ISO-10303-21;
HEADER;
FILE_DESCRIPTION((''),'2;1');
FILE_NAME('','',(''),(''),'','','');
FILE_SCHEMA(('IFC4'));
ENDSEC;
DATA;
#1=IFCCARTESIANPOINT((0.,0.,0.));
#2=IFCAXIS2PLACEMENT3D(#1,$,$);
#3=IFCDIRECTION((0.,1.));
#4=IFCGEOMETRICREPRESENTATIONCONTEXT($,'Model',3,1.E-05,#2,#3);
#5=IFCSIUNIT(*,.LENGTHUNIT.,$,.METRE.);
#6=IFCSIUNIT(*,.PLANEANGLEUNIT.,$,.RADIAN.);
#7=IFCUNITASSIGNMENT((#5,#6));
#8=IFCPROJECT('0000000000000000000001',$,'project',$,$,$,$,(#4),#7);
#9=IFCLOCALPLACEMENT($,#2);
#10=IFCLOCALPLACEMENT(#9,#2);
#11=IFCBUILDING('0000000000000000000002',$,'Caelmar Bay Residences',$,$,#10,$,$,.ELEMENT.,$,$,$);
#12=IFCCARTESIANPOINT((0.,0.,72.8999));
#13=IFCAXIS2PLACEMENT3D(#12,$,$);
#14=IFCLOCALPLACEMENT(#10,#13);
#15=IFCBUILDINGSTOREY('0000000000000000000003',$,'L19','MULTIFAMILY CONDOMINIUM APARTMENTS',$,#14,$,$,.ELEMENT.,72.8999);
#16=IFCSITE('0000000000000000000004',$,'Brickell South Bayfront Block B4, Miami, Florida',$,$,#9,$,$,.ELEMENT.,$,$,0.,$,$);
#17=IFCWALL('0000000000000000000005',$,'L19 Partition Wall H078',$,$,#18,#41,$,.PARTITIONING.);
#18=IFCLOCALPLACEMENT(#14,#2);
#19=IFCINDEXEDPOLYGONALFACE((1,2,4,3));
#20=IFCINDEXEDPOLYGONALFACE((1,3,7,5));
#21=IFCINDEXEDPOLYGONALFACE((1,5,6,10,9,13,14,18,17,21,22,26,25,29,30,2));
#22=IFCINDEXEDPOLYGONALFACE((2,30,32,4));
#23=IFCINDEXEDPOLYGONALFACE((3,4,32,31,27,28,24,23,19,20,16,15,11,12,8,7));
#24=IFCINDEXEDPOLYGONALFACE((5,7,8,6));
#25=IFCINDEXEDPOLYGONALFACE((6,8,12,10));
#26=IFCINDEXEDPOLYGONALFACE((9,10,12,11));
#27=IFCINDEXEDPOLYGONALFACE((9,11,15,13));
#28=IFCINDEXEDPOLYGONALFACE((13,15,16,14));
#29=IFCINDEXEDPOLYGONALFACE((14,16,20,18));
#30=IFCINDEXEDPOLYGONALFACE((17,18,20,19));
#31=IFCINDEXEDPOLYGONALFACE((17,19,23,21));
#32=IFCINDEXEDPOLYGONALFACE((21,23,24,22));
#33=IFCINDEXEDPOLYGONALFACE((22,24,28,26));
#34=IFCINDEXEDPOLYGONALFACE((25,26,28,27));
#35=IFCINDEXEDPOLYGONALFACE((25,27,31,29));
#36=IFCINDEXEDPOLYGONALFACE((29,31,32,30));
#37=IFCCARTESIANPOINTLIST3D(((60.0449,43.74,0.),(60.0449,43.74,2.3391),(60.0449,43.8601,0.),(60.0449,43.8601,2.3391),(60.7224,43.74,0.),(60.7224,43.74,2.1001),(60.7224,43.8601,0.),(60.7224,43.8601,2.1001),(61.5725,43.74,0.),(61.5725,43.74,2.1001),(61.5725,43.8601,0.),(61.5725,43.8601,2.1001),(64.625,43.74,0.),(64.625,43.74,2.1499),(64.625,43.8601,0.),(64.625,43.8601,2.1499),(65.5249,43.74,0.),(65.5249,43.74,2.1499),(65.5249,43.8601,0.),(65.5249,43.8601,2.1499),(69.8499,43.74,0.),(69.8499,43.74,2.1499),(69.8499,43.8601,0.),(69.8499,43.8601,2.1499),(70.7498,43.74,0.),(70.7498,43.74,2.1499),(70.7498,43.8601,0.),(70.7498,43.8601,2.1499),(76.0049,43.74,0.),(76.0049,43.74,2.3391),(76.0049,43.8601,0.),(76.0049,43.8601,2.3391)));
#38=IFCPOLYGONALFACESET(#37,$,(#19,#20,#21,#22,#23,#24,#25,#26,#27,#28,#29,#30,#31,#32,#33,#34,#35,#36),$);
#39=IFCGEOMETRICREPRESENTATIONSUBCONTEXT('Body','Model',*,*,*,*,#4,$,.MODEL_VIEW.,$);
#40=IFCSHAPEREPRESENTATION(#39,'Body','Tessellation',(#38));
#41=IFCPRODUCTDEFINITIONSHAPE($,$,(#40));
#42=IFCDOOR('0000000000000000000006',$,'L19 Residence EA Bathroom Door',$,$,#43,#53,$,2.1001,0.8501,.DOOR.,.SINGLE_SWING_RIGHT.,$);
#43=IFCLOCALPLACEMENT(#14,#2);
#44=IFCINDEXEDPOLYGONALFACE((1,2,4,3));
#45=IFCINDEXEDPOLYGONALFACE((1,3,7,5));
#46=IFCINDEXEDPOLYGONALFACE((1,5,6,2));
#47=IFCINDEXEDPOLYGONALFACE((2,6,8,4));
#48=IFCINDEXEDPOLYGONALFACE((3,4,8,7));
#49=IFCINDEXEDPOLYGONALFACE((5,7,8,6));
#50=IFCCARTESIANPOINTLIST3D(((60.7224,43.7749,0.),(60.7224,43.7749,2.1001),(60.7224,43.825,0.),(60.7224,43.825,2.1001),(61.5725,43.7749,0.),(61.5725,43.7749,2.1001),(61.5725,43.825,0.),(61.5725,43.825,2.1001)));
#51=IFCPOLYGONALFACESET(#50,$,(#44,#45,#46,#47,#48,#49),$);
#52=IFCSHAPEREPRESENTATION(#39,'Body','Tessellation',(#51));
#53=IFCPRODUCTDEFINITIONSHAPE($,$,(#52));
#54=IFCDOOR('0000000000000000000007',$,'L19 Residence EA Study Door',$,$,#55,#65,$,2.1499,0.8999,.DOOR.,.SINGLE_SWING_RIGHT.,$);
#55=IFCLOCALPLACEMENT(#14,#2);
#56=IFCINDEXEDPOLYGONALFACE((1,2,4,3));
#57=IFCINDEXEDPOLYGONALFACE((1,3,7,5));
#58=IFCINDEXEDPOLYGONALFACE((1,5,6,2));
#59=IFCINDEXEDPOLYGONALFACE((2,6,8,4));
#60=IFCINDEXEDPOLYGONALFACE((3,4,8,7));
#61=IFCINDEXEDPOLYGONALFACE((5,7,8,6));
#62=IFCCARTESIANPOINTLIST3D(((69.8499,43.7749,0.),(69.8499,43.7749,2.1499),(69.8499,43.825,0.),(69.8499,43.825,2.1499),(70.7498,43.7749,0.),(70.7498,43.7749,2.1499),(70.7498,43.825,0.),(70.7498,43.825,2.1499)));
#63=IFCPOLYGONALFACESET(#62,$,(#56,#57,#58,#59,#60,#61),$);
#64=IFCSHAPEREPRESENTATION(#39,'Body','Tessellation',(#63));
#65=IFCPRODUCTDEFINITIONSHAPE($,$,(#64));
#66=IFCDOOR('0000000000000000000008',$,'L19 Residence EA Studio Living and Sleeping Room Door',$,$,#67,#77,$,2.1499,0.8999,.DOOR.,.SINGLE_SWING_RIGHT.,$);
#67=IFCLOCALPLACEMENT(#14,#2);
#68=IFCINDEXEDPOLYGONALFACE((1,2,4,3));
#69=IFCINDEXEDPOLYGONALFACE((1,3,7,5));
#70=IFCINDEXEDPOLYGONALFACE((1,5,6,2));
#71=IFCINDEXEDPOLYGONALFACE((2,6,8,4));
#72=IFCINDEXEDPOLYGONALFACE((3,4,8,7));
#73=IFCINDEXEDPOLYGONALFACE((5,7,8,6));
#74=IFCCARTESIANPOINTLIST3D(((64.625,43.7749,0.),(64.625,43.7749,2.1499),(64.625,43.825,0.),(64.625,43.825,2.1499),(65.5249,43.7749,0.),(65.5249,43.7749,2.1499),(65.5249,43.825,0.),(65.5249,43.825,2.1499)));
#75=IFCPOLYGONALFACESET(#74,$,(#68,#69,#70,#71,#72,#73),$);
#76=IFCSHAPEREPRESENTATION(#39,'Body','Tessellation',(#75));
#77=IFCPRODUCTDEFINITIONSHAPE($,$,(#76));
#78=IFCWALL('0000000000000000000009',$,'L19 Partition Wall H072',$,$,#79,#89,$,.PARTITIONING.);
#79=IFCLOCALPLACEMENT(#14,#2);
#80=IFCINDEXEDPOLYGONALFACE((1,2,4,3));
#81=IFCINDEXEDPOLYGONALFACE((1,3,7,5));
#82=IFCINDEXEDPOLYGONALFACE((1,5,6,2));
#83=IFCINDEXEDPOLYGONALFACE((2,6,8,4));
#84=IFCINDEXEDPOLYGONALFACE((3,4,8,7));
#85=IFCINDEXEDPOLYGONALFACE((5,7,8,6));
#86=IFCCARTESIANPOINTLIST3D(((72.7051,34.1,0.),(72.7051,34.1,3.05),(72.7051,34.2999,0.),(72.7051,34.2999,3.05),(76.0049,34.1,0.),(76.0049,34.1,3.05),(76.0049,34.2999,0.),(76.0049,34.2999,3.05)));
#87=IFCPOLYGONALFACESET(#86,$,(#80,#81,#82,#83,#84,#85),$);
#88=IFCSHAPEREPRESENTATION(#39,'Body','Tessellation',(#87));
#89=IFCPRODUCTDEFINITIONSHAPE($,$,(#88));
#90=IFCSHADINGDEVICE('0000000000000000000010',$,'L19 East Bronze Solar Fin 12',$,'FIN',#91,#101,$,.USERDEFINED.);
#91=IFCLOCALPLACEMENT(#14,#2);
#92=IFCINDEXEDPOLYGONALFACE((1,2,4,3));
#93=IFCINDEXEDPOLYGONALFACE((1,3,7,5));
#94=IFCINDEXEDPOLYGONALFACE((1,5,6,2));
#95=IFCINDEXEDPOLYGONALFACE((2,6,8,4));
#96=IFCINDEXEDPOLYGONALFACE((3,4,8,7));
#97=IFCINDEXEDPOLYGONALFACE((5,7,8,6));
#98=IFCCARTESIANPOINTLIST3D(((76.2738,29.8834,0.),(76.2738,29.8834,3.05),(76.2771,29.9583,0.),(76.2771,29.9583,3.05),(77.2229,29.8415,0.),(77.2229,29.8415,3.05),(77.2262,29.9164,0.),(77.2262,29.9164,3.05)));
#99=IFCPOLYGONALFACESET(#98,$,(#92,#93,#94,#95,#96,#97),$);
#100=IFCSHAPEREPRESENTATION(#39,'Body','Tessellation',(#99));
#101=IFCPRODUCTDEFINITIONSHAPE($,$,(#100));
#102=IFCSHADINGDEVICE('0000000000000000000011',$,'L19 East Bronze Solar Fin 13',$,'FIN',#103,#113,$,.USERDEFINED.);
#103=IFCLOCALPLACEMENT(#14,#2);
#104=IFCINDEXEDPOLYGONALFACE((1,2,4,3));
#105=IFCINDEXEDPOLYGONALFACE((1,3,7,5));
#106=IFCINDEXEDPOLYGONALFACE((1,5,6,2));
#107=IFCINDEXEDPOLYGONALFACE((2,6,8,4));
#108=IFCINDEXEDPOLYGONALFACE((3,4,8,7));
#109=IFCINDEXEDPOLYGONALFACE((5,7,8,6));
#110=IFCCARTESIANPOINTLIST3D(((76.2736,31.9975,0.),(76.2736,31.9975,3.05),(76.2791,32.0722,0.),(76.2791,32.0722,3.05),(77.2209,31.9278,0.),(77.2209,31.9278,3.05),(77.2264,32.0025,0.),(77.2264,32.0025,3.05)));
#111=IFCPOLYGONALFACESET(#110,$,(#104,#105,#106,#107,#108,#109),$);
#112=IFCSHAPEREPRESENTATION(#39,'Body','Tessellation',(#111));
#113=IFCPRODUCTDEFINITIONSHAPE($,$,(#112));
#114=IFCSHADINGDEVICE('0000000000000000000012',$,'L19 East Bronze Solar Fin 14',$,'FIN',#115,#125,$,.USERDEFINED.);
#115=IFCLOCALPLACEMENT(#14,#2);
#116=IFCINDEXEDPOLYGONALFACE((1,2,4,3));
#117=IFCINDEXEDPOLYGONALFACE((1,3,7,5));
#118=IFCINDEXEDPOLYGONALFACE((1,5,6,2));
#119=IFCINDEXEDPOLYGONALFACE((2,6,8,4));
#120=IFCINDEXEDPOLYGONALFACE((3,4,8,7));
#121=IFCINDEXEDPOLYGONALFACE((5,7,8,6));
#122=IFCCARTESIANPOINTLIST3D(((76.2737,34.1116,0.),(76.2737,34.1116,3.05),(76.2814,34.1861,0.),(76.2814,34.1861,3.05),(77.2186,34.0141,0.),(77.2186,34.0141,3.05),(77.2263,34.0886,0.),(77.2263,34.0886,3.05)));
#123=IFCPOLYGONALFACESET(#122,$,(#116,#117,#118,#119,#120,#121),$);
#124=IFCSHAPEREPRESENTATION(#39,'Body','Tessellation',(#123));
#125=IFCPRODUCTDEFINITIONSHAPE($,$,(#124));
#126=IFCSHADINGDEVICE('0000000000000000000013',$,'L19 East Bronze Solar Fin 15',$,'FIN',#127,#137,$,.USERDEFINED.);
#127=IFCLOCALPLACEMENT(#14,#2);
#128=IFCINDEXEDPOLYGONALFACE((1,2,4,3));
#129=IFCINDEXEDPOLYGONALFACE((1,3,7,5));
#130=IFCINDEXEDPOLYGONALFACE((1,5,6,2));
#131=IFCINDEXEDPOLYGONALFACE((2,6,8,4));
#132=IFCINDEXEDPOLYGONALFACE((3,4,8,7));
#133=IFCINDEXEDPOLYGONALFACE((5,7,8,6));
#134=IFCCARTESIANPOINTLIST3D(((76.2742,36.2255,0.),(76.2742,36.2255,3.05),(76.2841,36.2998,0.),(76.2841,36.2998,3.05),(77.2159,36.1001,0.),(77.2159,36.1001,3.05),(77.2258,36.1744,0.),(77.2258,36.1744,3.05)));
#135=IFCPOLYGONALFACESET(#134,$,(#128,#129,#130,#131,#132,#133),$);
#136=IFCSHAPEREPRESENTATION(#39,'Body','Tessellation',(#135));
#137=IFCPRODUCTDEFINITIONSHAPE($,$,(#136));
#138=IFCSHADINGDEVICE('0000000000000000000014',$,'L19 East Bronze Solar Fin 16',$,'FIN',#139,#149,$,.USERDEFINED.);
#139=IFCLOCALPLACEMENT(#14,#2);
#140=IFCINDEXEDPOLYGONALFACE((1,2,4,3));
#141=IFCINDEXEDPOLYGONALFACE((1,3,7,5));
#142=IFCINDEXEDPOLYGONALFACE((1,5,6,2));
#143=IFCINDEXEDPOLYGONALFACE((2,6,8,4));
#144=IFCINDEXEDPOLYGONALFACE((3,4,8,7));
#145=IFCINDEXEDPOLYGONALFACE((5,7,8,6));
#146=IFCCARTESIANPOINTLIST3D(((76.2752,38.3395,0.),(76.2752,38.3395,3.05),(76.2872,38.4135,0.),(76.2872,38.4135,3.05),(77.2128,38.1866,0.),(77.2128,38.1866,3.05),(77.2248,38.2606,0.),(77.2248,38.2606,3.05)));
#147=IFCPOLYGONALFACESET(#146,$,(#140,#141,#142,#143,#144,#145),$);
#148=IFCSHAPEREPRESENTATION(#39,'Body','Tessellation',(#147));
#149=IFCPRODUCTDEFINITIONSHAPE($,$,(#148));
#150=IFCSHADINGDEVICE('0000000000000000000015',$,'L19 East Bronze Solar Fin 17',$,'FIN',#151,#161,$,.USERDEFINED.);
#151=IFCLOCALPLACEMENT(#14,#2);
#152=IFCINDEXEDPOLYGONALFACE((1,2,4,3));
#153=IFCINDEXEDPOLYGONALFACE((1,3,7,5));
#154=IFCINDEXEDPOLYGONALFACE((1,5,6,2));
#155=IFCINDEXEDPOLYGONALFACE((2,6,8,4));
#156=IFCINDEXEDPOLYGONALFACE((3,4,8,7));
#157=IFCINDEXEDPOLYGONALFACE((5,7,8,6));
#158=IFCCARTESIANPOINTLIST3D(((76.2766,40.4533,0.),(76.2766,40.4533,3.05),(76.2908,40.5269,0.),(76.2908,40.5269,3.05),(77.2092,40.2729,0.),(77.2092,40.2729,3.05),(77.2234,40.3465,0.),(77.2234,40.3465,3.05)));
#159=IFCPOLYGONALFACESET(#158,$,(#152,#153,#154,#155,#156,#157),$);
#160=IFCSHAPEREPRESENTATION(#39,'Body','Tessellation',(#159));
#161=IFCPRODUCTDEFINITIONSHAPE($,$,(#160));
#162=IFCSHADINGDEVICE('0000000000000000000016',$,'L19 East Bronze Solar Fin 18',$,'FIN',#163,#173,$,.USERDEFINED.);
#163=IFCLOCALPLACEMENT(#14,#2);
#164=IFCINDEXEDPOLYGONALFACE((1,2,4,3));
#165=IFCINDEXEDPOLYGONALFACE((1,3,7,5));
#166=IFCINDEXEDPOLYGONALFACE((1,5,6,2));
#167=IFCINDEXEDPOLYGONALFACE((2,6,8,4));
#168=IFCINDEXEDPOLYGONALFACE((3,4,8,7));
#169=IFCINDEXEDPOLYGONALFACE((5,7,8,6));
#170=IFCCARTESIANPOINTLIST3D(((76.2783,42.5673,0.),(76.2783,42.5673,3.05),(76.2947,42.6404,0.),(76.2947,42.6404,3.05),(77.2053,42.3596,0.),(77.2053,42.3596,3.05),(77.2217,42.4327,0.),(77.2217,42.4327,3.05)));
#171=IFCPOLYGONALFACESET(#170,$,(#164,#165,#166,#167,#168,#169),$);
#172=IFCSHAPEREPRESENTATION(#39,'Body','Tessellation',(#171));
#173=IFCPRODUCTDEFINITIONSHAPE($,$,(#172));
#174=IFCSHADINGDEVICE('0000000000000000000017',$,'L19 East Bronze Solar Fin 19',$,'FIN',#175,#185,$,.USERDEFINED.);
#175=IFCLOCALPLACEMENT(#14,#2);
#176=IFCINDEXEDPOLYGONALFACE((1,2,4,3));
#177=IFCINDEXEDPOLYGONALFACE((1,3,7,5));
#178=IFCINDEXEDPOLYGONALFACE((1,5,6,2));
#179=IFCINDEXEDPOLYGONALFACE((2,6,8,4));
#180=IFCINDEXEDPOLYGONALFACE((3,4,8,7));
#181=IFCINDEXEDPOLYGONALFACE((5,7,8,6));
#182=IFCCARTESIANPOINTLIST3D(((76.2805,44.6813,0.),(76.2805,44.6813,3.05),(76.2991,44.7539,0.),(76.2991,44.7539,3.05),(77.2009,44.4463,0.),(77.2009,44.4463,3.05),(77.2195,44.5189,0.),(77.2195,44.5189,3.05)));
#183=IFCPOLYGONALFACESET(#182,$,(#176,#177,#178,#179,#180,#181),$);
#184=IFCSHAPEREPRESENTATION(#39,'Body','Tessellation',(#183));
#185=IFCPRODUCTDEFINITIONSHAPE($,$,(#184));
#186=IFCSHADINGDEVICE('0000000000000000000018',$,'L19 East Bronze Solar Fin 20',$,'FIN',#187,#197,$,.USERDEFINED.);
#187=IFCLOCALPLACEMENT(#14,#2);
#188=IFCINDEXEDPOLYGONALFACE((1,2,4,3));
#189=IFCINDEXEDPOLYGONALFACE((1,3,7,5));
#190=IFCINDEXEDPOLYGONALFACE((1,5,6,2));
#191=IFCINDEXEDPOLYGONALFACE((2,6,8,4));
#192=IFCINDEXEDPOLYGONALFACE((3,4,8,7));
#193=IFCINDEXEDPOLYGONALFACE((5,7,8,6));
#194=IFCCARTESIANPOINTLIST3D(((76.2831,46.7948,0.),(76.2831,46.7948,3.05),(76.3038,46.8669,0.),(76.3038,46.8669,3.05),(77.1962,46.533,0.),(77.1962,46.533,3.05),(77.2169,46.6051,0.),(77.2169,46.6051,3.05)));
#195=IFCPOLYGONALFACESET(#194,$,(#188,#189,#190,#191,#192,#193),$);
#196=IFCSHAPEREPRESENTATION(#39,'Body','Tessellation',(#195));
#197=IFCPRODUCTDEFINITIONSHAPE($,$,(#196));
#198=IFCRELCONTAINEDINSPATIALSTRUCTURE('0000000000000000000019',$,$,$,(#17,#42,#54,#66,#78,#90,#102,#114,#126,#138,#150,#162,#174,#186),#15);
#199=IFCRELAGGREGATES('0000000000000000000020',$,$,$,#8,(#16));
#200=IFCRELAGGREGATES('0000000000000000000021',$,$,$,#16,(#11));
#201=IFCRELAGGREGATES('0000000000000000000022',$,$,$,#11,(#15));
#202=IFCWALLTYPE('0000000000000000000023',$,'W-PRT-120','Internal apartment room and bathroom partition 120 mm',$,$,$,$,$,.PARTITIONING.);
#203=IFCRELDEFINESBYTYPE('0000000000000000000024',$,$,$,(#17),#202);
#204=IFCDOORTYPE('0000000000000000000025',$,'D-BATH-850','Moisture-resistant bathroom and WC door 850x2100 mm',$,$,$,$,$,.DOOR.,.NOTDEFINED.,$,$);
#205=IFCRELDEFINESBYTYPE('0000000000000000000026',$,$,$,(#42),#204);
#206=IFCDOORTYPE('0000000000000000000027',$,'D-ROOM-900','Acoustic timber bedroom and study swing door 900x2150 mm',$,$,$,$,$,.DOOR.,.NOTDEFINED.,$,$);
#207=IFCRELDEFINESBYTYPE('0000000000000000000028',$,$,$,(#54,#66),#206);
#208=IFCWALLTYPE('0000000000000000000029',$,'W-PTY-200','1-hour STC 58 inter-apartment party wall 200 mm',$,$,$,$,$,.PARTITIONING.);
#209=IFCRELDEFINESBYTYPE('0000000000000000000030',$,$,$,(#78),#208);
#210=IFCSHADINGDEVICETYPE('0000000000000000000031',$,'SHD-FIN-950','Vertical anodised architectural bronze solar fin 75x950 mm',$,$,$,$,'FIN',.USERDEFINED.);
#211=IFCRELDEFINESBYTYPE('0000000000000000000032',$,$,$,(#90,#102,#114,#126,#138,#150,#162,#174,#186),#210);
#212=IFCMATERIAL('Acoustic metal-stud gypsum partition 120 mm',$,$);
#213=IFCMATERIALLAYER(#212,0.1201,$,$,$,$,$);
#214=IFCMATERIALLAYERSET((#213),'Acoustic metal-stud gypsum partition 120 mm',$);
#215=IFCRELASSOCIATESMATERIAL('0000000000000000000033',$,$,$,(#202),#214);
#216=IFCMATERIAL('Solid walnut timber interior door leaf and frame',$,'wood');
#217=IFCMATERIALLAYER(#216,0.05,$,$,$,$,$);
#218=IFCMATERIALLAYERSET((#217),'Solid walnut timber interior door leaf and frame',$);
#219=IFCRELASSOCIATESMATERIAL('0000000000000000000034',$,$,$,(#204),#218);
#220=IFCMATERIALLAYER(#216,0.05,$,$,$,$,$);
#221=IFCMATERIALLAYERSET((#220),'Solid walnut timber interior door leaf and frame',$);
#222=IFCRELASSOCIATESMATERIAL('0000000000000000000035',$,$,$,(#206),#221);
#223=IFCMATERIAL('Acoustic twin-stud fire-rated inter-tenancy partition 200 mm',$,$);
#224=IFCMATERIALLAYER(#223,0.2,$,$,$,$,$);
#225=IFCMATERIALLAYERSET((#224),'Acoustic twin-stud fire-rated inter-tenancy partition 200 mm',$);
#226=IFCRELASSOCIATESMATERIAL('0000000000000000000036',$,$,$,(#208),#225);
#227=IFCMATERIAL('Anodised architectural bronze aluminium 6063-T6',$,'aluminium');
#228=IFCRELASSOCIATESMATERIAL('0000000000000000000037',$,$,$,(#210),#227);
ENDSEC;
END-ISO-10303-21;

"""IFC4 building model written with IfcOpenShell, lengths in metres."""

from ifc_helpers import new_model, si_unit, direction, frame, frame_2d, origin, origin_2d, place, context, subcontext, project, spatial, rectangle, extrude, material, layer, layer_set, material_profile, profile_set, type_object, element, fill, save


model = new_model("IFC4")

# Units and contexts
model_context = context("Model", 3, precision=1e-05, world=origin(), true_north=direction((0.0, 1.0)))
body_context = subcontext(model_context, "Body", "Model", "MODEL_VIEW")
ifc_project = project(units=[si_unit("LENGTHUNIT", "METRE"), si_unit("PLANEANGLEUNIT", "RADIAN")], contexts=[model_context])

# Site, building, storey
site_placement = place(None, origin())
site = spatial("IfcSite", under=ifc_project, at=site_placement, Name="Brickell South Bayfront Block B4, Miami, Florida", CompositionType="ELEMENT", RefElevation=0.0)
building_placement = place(site_placement, origin())
building = spatial("IfcBuilding", under=site, at=building_placement, Name="Caelmar Bay Residences", CompositionType="ELEMENT")
storey_placement = place(building_placement, frame((0.0, 0.0, 72.8999)))
storey = spatial("IfcBuildingStorey", under=building, at=storey_placement, Name="L19", Description="MULTIFAMILY CONDOMINIUM APARTMENTS", CompositionType="ELEMENT", Elevation=72.8999)

# Shared definitions
ifc_material_1 = material(Name="Acoustic metal-stud gypsum partition 120 mm")
ifc_layer_1 = layer(ifc_material_1, 0.1201)
ifc_layer_set_1 = layer_set([ifc_layer_1], Name="Acoustic metal-stud gypsum partition 120 mm")
wall_type_1 = type_object("IfcWallType", Name="W-PRT-120", Description="Internal apartment room and bathroom partition 120 mm", PredefinedType="PARTITIONING", material=ifc_layer_set_1)
ifc_material_2 = material(Name="Solid walnut timber interior door leaf and frame", Category="wood")
ifc_layer_2 = layer(ifc_material_2, 0.05)
ifc_layer_set_2 = layer_set([ifc_layer_2], Name="Solid walnut timber interior door leaf and frame")
door_type_1 = type_object("IfcDoorType", Name="D-BATH-850", Description="Moisture-resistant bathroom and WC door 850x2100 mm", OperationType="NOTDEFINED", PredefinedType="DOOR", material=ifc_layer_set_2)

# Shared definitions
ifc_layer_3 = layer(ifc_material_2, 0.05)
ifc_layer_set_3 = layer_set([ifc_layer_3], Name="Solid walnut timber interior door leaf and frame")
door_type_2 = type_object("IfcDoorType", Name="D-ROOM-900", Description="Acoustic timber bedroom and study swing door 900x2150 mm", OperationType="NOTDEFINED", PredefinedType="DOOR", material=ifc_layer_set_3)

# Wall, openings, doors
wall_1_placement = place(storey_placement, frame((60.0449, 43.8, 0.0), z_axis=(0.0, 0.0, 1.0), x_axis=(1.0, 0.0, 0.0)))
wall_1 = element("IfcWall", 1, at=wall_1_placement, inside=storey, type_object=wall_type_1, Name="L19 Partition Wall H078", PredefinedType="PARTITIONING", context=body_context, shape_type="SweptSolid", body=[
    extrude(rectangle(XDim=15.96, YDim=0.1201, at=frame_2d((7.98, 0.0))), origin(), (0.0, 0.0, 1.0), 2.3391),
])
opening_1_placement = place(wall_1_placement, frame((9.8049, 0.0, 0.0)))
opening_1 = element("IfcOpeningElement", 2, at=opening_1_placement, cuts=wall_1, PredefinedType="OPENING", context=body_context, shape_type="SweptSolid", body=[
    extrude(rectangle(XDim=0.8999, YDim=2.1499, at=frame_2d((0.45, 1.075))), frame((0.0, 0.0701, 0.0), z_axis=(0.0, -1.0, 0.0), x_axis=(1.0, 0.0, 0.0)), (0.0, 0.0, 1.0), 0.1401),
])
opening_2_placement = place(wall_1_placement, frame((4.5801, 0.0, 0.0)))
opening_2 = element("IfcOpeningElement", 3, at=opening_2_placement, cuts=wall_1, PredefinedType="OPENING", context=body_context, shape_type="SweptSolid", body=[
    extrude(rectangle(XDim=0.8999, YDim=2.1499, at=frame_2d((0.45, 1.075))), frame((0.0, 0.0701, 0.0), z_axis=(0.0, -1.0, 0.0), x_axis=(1.0, 0.0, 0.0)), (0.0, 0.0, 1.0), 0.1401),
])
opening_3_placement = place(wall_1_placement, frame((0.6775, 0.0, 0.0)))
opening_3 = element("IfcOpeningElement", 4, at=opening_3_placement, cuts=wall_1, PredefinedType="OPENING", context=body_context, shape_type="SweptSolid", body=[
    extrude(rectangle(XDim=0.8501, YDim=2.1001, at=frame_2d((0.425, 1.05))), frame((0.0, 0.0701, 0.0), z_axis=(0.0, -1.0, 0.0), x_axis=(1.0, 0.0, 0.0)), (0.0, 0.0, 1.0), 0.1401),
])
door_1_placement = place(opening_3_placement, origin())
door_1 = element("IfcDoor", 5, at=door_1_placement, inside=storey, type_object=door_type_1, Name="L19 Residence EA Bathroom Door", OperationType="SINGLE_SWING_RIGHT", OverallHeight=2.1001, OverallWidth=0.8501, PredefinedType="DOOR", context=body_context, shape_type="SweptSolid", body=[
    extrude(rectangle(XDim=0.8501, YDim=2.1001, at=frame_2d((0.425, 1.05))), frame((0.0, 0.0249, 0.0), z_axis=(0.0, -1.0, 0.0), x_axis=(1.0, 0.0, 0.0)), (0.0, 0.0, 1.0), 0.05),
])
fill(opening_3, door_1)
door_2_placement = place(opening_1_placement, origin())
door_2 = element("IfcDoor", 6, at=door_2_placement, inside=storey, type_object=door_type_2, Name="L19 Residence EA Study Door", OperationType="SINGLE_SWING_RIGHT", OverallHeight=2.1499, OverallWidth=0.8999, PredefinedType="DOOR", context=body_context, shape_type="SweptSolid", body=[
    extrude(rectangle(XDim=0.8999, YDim=2.1499, at=frame_2d((0.45, 1.075))), frame((0.0, 0.0249, 0.0), z_axis=(0.0, -1.0, 0.0), x_axis=(1.0, 0.0, 0.0)), (0.0, 0.0, 1.0), 0.05),
])
fill(opening_1, door_2)
door_3_placement = place(opening_2_placement, origin())
door_3 = element("IfcDoor", 7, at=door_3_placement, inside=storey, type_object=door_type_2, Name="L19 Residence EA Studio Living and Sleeping Room Door", OperationType="SINGLE_SWING_RIGHT", OverallHeight=2.1499, OverallWidth=0.8999, PredefinedType="DOOR", context=body_context, shape_type="SweptSolid", body=[
    extrude(rectangle(XDim=0.8999, YDim=2.1499, at=frame_2d((0.45, 1.075))), frame((0.0, 0.0249, 0.0), z_axis=(0.0, -1.0, 0.0), x_axis=(1.0, 0.0, 0.0)), (0.0, 0.0, 1.0), 0.05),
])
fill(opening_2, door_3)

# Wall
ifc_material_3 = material(Name="Acoustic twin-stud fire-rated inter-tenancy partition 200 mm")
ifc_layer_4 = layer(ifc_material_3, 0.2)
ifc_layer_set_4 = layer_set([ifc_layer_4], Name="Acoustic twin-stud fire-rated inter-tenancy partition 200 mm")
wall_type_2 = type_object("IfcWallType", Name="W-PTY-200", Description="1-hour STC 58 inter-apartment party wall 200 mm", PredefinedType="PARTITIONING", material=ifc_layer_set_4)
wall_2_placement = place(storey_placement, frame((72.7051, 34.2, 0.0), z_axis=(0.0, 0.0, 1.0), x_axis=(1.0, 0.0, 0.0)))
element("IfcWall", 8, at=wall_2_placement, inside=storey, type_object=wall_type_2, Name="L19 Partition Wall H072", PredefinedType="PARTITIONING", context=body_context, shape_type="SweptSolid", body=[
    extrude(rectangle(XDim=3.2998, YDim=0.2, at=frame_2d((1.6499, 0.0))), origin(), (0.0, 0.0, 1.0), 3.05),
])

# Shading devices
ifc_material_4 = material(Name="Anodised architectural bronze aluminium 6063-T6", Category="aluminium")
ifc_material_profile_1 = material_profile(ifc_material_4, rectangle(XDim=0.075, YDim=0.95, at=origin_2d()), Name="BRONZE-FIN-75X950")
ifc_profile_set_1 = profile_set([ifc_material_profile_1], Name="Anodised architectural bronze aluminium 6063-T6")
shading_device_type = type_object("IfcShadingDeviceType", Name="SHD-FIN-950", Description="Vertical anodised architectural bronze solar fin 75x950 mm", ElementType="FIN", PredefinedType="USERDEFINED", material=ifc_profile_set_1)
for number, where, z_axis, x_axis, name in (
    (9, (76.75, 29.8999, 0.0), (0.0, 0.0, 1.0), (0.044142, 0.999025, 0.0), "L19 East Bronze Solar Fin 12"),
    (10, (76.75, 32.0, 0.0), (0.0, 0.0, 1.0), (0.073412, 0.997302, 0.0), "L19 East Bronze Solar Fin 13"),
    (11, (76.75, 34.1001, 0.0), (0.0, 0.0, 1.0), (0.102619, 0.994721, 0.0), "L19 East Bronze Solar Fin 14"),
    (12, (76.75, 36.2, 0.0), (0.0, 0.0, 1.0), (0.13191, 0.991262, 0.0), "L19 East Bronze Solar Fin 15"),
    (13, (76.75, 38.3, 0.0), (0.0, 0.0, 1.0), (0.160915, 0.986968, 0.0), "L19 East Bronze Solar Fin 16"),
    (14, (76.75, 40.3999, 0.0), (0.0, 0.0, 1.0), (0.189952, 0.981793, 0.0), "L19 East Bronze Solar Fin 17"),
    (15, (76.75, 42.5, 0.0), (0.0, 0.0, 1.0), (0.218654, 0.975802, 0.0), "L19 East Bronze Solar Fin 18"),
    (16, (76.75, 44.6001, 0.0), (0.0, 0.0, 1.0), (0.247337, 0.968929, 0.0), "L19 East Bronze Solar Fin 19"),
    (17, (76.75, 46.7, 0.0), (0.0, 0.0, 1.0), (0.275637, 0.961262, 0.0), "L19 East Bronze Solar Fin 20"),
):
    element("IfcShadingDevice", number, at=place(storey_placement, frame(where, z_axis=z_axis, x_axis=x_axis)), inside=storey, type_object=shading_device_type, Name=name, ObjectType="FIN", PredefinedType="USERDEFINED", context=body_context, shape_type="SweptSolid", body=[
        extrude(rectangle(XDim=0.075, YDim=0.95, at=origin_2d()), origin(), (0.0, 0.0, 1.0), 3.05),
    ])

save(model, "model.ifc")
